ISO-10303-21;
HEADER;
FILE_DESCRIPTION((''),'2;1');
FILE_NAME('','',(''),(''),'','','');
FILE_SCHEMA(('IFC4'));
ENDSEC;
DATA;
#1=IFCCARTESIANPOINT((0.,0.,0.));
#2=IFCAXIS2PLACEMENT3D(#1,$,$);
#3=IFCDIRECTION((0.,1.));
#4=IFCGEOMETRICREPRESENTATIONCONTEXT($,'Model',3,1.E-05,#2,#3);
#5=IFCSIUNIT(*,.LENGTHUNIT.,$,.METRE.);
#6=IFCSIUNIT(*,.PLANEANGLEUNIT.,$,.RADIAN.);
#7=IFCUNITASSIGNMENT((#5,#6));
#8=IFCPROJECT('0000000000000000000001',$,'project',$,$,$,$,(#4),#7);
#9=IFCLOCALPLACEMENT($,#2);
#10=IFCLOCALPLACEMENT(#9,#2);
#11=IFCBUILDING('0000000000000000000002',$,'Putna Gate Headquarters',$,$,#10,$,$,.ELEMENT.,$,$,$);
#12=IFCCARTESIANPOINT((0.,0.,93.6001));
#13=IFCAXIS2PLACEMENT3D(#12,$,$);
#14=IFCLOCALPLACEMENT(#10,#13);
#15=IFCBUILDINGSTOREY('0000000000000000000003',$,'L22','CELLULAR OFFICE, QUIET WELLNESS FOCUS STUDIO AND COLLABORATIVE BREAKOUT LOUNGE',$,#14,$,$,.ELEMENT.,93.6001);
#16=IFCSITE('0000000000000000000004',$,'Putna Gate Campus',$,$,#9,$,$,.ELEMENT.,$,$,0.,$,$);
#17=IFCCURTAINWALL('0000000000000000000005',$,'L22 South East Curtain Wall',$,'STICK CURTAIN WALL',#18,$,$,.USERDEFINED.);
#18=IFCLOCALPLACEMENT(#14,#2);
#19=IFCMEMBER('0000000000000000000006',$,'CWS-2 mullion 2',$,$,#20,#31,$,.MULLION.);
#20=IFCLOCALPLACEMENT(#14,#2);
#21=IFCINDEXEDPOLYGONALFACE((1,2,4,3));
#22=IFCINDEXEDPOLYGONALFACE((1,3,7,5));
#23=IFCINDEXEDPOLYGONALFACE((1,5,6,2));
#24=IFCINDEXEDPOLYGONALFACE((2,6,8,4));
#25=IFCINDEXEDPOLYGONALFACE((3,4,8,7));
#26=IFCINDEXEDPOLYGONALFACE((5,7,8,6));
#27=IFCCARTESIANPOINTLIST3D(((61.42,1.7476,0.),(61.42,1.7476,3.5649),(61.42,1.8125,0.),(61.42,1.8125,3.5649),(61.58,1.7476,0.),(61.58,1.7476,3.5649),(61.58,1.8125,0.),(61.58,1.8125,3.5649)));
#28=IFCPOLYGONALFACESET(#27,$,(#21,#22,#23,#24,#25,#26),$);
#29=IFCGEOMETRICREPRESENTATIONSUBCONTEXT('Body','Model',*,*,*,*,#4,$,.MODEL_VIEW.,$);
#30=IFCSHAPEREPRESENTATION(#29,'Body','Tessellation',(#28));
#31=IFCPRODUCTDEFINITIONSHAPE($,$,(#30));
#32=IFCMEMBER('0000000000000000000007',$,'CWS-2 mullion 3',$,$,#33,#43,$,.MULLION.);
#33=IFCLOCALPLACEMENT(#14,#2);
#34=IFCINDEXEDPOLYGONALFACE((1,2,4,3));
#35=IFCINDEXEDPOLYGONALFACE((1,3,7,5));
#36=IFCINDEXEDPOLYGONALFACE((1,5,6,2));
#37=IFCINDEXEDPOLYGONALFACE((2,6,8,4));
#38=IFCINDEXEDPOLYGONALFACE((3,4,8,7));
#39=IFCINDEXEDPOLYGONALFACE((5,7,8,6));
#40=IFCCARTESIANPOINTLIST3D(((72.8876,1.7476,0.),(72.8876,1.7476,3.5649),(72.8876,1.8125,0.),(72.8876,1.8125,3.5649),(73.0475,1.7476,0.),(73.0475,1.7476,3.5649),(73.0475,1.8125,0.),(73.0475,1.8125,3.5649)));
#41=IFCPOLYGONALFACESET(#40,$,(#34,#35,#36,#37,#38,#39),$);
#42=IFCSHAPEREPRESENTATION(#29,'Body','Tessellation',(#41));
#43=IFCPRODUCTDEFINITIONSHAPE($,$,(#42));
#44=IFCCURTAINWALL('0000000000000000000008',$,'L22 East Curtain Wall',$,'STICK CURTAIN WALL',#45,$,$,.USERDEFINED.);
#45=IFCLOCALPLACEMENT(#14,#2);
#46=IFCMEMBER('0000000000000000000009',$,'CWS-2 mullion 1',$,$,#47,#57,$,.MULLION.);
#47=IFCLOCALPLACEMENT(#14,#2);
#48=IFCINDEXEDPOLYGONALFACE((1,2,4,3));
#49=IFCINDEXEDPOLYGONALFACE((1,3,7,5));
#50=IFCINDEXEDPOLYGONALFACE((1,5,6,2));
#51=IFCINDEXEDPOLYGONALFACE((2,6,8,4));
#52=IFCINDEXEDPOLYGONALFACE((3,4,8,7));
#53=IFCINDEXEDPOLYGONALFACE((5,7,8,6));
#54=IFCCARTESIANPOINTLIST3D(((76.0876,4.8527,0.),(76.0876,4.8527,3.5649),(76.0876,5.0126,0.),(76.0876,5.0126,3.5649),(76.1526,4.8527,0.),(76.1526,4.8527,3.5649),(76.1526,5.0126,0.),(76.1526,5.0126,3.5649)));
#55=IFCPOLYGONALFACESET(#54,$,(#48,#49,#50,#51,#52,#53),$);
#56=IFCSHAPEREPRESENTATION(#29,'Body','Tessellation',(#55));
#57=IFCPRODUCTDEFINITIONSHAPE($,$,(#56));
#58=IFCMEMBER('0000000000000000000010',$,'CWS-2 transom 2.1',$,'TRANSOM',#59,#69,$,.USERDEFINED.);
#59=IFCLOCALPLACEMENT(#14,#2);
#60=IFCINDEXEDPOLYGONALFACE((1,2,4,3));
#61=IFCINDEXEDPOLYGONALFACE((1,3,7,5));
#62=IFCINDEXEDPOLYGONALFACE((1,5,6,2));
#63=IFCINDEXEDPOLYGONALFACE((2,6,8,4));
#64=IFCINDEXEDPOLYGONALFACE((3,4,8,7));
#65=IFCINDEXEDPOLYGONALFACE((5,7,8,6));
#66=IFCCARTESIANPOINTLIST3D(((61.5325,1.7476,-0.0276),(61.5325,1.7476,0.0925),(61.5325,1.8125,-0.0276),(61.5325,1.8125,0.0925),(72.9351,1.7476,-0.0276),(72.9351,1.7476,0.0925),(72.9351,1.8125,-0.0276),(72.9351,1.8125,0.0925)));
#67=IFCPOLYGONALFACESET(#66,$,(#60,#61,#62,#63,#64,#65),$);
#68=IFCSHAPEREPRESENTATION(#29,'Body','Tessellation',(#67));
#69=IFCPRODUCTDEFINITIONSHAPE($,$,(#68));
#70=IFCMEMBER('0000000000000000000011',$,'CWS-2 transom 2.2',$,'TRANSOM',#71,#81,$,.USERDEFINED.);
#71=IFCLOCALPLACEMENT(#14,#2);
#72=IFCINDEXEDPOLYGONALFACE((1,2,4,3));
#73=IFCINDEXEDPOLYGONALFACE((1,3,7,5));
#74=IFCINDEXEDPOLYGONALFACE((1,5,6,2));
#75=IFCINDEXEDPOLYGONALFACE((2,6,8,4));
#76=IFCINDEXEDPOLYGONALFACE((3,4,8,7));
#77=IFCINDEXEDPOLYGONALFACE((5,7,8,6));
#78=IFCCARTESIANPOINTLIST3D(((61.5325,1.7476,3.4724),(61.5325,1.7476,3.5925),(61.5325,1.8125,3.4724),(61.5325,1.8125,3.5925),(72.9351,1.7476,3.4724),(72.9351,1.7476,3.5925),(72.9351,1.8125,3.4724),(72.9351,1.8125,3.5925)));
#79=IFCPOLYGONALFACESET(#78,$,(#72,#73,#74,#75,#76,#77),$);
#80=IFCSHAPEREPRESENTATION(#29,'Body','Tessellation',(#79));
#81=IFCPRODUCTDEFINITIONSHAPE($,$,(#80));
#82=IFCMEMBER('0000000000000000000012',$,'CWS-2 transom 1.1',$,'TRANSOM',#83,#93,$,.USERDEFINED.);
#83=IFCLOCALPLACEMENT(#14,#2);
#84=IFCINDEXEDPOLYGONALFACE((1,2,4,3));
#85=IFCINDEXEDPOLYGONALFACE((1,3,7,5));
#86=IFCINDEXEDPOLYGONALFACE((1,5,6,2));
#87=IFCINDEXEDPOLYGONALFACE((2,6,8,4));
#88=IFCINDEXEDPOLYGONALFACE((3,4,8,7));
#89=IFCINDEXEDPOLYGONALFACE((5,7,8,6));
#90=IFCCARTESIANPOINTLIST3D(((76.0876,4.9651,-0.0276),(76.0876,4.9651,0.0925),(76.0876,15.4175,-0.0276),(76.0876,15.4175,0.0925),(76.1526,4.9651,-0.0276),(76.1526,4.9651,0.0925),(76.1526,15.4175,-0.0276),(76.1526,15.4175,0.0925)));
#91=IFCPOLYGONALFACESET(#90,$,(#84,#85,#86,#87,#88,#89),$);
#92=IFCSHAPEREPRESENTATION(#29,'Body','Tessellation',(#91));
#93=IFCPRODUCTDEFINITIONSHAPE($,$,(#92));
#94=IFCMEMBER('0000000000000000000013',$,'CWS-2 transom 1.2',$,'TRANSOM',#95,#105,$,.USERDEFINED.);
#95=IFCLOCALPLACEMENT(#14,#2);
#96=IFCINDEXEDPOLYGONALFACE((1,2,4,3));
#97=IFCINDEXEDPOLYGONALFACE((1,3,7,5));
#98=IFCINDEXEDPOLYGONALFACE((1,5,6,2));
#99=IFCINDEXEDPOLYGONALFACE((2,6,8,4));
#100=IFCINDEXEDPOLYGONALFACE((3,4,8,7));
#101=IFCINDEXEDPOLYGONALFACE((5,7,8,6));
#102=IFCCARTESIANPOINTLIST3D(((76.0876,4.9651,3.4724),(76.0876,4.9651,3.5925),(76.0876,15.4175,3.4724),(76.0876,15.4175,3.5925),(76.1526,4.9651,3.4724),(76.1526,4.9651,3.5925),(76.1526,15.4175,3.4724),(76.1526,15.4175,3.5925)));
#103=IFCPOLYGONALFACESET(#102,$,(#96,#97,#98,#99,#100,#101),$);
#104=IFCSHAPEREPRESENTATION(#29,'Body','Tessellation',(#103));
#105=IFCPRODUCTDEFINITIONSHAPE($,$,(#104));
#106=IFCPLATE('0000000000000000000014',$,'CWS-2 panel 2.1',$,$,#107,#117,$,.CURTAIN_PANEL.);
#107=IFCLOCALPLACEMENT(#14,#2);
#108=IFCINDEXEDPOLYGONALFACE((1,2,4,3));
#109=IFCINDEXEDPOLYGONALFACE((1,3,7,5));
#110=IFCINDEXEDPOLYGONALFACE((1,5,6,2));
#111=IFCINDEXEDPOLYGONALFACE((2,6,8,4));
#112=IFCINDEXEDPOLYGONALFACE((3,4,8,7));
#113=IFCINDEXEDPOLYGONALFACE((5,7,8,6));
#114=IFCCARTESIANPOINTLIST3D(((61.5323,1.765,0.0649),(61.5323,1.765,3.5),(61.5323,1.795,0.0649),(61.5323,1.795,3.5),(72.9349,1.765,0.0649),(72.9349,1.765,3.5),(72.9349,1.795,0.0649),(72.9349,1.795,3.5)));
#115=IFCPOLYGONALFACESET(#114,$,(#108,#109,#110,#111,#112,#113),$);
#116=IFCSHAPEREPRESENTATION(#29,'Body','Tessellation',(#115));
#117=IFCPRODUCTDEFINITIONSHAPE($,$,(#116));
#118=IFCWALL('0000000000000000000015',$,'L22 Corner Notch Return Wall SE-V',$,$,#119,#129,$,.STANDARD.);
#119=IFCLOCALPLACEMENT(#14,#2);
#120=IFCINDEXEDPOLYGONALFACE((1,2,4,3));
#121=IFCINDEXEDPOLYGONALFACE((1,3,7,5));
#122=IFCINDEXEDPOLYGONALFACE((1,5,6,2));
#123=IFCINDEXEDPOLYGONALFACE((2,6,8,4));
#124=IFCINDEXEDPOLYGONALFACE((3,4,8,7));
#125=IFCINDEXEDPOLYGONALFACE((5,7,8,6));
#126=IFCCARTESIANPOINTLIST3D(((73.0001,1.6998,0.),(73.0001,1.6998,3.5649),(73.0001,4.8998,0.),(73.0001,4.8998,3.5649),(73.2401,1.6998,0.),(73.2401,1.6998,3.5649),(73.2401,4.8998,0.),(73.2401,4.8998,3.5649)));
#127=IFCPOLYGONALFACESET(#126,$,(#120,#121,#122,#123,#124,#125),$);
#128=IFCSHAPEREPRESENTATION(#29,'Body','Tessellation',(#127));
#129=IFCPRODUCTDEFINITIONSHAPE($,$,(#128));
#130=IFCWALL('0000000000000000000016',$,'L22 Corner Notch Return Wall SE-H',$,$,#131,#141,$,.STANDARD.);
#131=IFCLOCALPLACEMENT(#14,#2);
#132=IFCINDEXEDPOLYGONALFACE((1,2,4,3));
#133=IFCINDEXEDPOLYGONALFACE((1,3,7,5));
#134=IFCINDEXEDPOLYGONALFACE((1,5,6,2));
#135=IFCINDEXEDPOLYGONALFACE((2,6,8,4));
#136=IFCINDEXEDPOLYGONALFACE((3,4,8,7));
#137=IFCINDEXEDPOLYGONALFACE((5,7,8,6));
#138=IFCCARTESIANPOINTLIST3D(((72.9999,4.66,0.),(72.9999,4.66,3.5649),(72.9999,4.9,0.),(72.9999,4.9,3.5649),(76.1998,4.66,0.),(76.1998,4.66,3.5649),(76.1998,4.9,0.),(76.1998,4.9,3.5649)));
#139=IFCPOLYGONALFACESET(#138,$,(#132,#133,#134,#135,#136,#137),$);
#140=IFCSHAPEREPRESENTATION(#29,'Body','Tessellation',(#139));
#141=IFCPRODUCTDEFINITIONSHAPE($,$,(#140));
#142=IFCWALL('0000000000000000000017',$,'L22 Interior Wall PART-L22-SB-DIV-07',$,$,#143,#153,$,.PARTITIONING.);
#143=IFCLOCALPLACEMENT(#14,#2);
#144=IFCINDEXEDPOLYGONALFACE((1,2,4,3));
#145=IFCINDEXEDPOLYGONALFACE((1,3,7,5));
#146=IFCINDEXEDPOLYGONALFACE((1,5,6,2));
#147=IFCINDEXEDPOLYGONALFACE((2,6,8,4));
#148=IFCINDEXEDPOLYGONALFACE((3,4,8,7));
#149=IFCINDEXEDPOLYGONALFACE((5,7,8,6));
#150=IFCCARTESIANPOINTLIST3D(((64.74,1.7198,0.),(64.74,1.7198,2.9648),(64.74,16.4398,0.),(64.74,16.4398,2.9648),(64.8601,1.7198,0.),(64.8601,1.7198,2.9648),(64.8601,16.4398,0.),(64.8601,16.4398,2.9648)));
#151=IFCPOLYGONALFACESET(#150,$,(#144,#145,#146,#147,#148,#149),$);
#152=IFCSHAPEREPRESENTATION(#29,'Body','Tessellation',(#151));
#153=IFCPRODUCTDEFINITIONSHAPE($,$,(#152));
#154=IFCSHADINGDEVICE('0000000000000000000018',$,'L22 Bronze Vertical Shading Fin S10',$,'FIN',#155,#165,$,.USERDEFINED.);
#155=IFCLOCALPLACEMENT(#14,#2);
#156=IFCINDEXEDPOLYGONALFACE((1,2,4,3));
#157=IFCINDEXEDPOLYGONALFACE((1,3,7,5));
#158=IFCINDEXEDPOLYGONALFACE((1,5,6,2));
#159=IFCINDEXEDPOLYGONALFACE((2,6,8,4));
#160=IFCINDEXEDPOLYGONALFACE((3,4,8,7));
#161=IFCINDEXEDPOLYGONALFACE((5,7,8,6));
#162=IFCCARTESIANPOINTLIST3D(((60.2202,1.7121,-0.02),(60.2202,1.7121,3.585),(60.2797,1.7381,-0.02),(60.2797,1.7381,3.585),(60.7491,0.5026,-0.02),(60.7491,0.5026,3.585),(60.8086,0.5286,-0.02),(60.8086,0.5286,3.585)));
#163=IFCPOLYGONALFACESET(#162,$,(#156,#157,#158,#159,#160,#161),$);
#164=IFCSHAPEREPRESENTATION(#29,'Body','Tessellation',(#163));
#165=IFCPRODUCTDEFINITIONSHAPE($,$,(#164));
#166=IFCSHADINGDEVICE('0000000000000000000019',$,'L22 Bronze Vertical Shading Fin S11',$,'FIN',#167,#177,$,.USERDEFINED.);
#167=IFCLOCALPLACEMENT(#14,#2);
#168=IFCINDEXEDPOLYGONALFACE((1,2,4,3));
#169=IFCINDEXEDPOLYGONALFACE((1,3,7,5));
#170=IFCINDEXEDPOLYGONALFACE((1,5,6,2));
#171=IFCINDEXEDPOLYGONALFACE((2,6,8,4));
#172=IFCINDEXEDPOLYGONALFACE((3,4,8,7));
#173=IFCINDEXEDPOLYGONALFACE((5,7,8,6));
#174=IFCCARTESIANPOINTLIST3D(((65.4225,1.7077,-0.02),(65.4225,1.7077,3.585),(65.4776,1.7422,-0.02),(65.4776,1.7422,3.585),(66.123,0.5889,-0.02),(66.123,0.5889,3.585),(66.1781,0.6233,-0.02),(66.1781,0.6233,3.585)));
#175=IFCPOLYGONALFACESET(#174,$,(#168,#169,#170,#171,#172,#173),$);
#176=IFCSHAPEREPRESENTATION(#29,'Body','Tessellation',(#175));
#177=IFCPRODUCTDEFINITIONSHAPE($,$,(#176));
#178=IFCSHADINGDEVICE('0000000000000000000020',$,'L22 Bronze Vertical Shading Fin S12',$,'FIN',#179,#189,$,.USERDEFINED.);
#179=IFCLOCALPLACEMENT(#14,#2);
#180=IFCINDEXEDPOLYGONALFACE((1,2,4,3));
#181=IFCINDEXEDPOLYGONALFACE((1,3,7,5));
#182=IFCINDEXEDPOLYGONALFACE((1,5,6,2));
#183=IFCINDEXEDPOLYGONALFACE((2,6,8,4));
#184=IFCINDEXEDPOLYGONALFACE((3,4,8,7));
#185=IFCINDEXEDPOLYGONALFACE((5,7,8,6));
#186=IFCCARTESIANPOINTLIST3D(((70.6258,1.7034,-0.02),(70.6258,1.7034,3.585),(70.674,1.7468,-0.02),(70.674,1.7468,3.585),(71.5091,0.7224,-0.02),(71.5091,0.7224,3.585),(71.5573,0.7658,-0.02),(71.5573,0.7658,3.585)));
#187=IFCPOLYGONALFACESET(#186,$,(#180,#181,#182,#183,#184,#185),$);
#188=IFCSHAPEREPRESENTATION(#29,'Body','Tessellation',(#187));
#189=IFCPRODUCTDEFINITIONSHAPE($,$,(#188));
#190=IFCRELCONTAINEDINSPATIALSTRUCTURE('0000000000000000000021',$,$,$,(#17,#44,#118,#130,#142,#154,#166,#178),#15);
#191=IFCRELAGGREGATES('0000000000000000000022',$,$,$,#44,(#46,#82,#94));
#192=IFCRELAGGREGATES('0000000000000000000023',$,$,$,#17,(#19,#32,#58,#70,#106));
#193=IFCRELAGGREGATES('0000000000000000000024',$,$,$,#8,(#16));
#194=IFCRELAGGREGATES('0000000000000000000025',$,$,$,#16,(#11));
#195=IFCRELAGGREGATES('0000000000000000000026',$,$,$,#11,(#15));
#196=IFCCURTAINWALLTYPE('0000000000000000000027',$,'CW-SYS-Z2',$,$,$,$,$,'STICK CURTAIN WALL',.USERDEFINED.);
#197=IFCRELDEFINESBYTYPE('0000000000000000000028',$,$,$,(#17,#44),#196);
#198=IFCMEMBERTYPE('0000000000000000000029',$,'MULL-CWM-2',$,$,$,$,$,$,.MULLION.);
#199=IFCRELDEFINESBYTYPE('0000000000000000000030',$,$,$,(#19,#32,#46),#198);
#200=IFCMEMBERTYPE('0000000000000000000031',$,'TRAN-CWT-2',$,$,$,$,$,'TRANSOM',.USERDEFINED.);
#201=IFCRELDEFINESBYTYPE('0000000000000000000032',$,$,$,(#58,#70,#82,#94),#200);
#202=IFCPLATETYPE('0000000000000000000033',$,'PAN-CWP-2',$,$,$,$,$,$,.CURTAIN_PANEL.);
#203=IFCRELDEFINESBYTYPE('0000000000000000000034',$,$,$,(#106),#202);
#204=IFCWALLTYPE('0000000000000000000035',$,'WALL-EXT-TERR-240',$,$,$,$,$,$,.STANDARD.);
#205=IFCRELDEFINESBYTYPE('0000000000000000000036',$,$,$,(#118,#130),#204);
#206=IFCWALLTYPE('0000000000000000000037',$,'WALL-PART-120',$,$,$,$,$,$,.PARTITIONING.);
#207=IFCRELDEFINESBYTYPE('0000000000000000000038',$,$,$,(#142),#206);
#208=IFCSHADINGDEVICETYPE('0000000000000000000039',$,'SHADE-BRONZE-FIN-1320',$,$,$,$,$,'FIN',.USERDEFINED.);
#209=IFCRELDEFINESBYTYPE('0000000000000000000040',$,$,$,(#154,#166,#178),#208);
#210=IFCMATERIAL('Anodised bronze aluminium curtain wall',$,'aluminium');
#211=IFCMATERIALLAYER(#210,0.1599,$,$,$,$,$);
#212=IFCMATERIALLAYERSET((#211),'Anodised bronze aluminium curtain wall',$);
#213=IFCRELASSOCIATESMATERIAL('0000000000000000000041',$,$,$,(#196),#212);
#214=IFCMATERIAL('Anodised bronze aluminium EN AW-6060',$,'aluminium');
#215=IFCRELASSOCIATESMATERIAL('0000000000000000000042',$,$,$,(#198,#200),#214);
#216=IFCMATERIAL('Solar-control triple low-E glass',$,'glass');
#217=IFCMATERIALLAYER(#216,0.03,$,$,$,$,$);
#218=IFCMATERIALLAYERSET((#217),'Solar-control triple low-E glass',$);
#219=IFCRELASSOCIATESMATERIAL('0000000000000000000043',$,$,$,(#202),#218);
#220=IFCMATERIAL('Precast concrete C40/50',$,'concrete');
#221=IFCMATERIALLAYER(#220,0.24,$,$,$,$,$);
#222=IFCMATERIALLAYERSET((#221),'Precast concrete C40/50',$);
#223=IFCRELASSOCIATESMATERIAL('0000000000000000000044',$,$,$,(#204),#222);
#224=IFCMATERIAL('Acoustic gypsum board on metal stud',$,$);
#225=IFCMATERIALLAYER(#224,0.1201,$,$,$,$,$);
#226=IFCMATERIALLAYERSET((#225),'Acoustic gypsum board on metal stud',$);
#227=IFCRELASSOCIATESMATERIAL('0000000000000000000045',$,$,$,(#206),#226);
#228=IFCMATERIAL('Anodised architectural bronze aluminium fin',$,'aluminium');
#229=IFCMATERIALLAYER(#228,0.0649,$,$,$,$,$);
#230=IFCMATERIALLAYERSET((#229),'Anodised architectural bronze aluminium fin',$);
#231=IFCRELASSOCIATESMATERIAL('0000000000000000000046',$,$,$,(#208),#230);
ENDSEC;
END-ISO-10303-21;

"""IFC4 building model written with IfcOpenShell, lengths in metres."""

from ifc_helpers import new_model, si_unit, direction, frame, frame_2d, origin, origin_2d, place, context, subcontext, project, spatial, rectangle, extrude, material, layer, layer_set, material_profile, profile_set, type_object, element, aggregate, save


model = new_model("IFC4")

# Units and contexts
model_context = context("Model", 3, precision=1e-05, world=origin(), true_north=direction((0.0, 1.0)))
body_context = subcontext(model_context, "Body", "Model", "MODEL_VIEW")
ifc_project = project(units=[si_unit("LENGTHUNIT", "METRE"), si_unit("PLANEANGLEUNIT", "RADIAN")], contexts=[model_context])

# Site, building, storey
site_placement = place(None, origin())
site = spatial("IfcSite", under=ifc_project, at=site_placement, Name="Putna Gate Campus", CompositionType="ELEMENT", RefElevation=0.0)
building_placement = place(site_placement, origin())
building = spatial("IfcBuilding", under=site, at=building_placement, Name="Putna Gate Headquarters", CompositionType="ELEMENT")
storey_placement = place(building_placement, frame((0.0, 0.0, 93.6001)))
storey = spatial("IfcBuildingStorey", under=building, at=storey_placement, Name="L22", Description="CELLULAR OFFICE, QUIET WELLNESS FOCUS STUDIO AND COLLABORATIVE BREAKOUT LOUNGE", CompositionType="ELEMENT", Elevation=93.6001)

# Curtain wall, members
ifc_material_1 = material(Name="Anodised bronze aluminium curtain wall", Category="aluminium")
ifc_layer_1 = layer(ifc_material_1, 0.1599)
ifc_layer_set_1 = layer_set([ifc_layer_1], Name="Anodised bronze aluminium curtain wall")
curtain_wall_type = type_object("IfcCurtainWallType", Name="CW-SYS-Z2", ElementType="STICK CURTAIN WALL", PredefinedType="USERDEFINED", material=ifc_layer_set_1)
curtain_wall_1_placement = place(storey_placement, origin())
curtain_wall_1 = element("IfcCurtainWall", 1, at=curtain_wall_1_placement, inside=storey, type_object=curtain_wall_type, Name="L22 South East Curtain Wall", ObjectType="STICK CURTAIN WALL", PredefinedType="USERDEFINED")
ifc_material_2 = material(Name="Anodised bronze aluminium EN AW-6060", Category="aluminium")
ifc_material_profile_1 = material_profile(ifc_material_2, rectangle(XDim=0.0649, YDim=0.1599, at=origin_2d()), Name="Anodised bronze aluminium EN AW-6060")
ifc_profile_set_1 = profile_set([ifc_material_profile_1], Name="Anodised bronze aluminium EN AW-6060")
member_type_1 = type_object("IfcMemberType", Name="MULL-CWM-2", PredefinedType="MULLION", material=ifc_profile_set_1)
member_1_placement = place(storey_placement, frame((61.5, 1.78, 0.0), z_axis=(0.0, 0.0, 1.0), x_axis=(0.0, 1.0, 0.0)))
member_1 = element("IfcMember", 2, at=member_1_placement, type_object=member_type_1, Name="CWS-2 mullion 2", PredefinedType="MULLION", context=body_context, shape_type="SweptSolid", body=[
    extrude(rectangle(XDim=0.0649, YDim=0.1599, at=origin_2d()), origin(), (0.0, 0.0, 1.0), 3.5649),
])
member_2_placement = place(storey_placement, frame((72.9675, 1.78, 0.0), z_axis=(0.0, 0.0, 1.0), x_axis=(0.0, 1.0, 0.0)))
member_2 = element("IfcMember", 3, at=member_2_placement, type_object=member_type_1, Name="CWS-2 mullion 3", PredefinedType="MULLION", context=body_context, shape_type="SweptSolid", body=[
    extrude(rectangle(XDim=0.0649, YDim=0.1599, at=origin_2d()), origin(), (0.0, 0.0, 1.0), 3.5649),
])

# Curtain wall, member
curtain_wall_2_placement = place(storey_placement, origin())
curtain_wall_2 = element("IfcCurtainWall", 4, at=curtain_wall_2_placement, inside=storey, type_object=curtain_wall_type, Name="L22 East Curtain Wall", ObjectType="STICK CURTAIN WALL", PredefinedType="USERDEFINED")
member_3_placement = place(storey_placement, frame((76.1201, 4.9326, 0.0), z_axis=(0.0, 0.0, 1.0), x_axis=(-1.0, 0.0, 0.0)))
member_3 = element("IfcMember", 5, at=member_3_placement, type_object=member_type_1, Name="CWS-2 mullion 1", PredefinedType="MULLION", context=body_context, shape_type="SweptSolid", body=[
    extrude(rectangle(XDim=0.0649, YDim=0.1599, at=origin_2d()), origin(), (0.0, 0.0, 1.0), 3.5649),
])

# Members
ifc_material_profile_2 = material_profile(ifc_material_2, rectangle(XDim=0.0649, YDim=0.1201, at=origin_2d()), Name="Anodised bronze aluminium EN AW-6060")
ifc_profile_set_2 = profile_set([ifc_material_profile_2], Name="Anodised bronze aluminium EN AW-6060")
member_type_2 = type_object("IfcMemberType", Name="TRAN-CWT-2", ElementType="TRANSOM", PredefinedType="USERDEFINED", material=ifc_profile_set_2)
member_4_placement = place(storey_placement, frame((61.5325, 1.78, 0.0325), z_axis=(1.0, 0.0, 0.0), x_axis=(0.0, 1.0, 0.0)))
member_4 = element("IfcMember", 6, at=member_4_placement, type_object=member_type_2, Name="CWS-2 transom 2.1", ObjectType="TRANSOM", PredefinedType="USERDEFINED", context=body_context, shape_type="SweptSolid", body=[
    extrude(rectangle(XDim=0.0649, YDim=0.1201, at=origin_2d()), origin(), (0.0, 0.0, 1.0), 11.4026),
])
member_5_placement = place(storey_placement, frame((61.5325, 1.78, 3.5325), z_axis=(1.0, 0.0, 0.0), x_axis=(0.0, 1.0, 0.0)))
member_5 = element("IfcMember", 7, at=member_5_placement, type_object=member_type_2, Name="CWS-2 transom 2.2", ObjectType="TRANSOM", PredefinedType="USERDEFINED", context=body_context, shape_type="SweptSolid", body=[
    extrude(rectangle(XDim=0.0649, YDim=0.1201, at=origin_2d()), origin(), (0.0, 0.0, 1.0), 11.4026),
])
member_6_placement = place(storey_placement, frame((76.1201, 4.9651, 0.0325), z_axis=(0.0, 1.0, 0.0), x_axis=(-1.0, 0.0, 0.0)))
member_6 = element("IfcMember", 8, at=member_6_placement, type_object=member_type_2, Name="CWS-2 transom 1.1", ObjectType="TRANSOM", PredefinedType="USERDEFINED", context=body_context, shape_type="SweptSolid", body=[
    extrude(rectangle(XDim=0.0649, YDim=0.1201, at=origin_2d()), origin(), (0.0, 0.0, 1.0), 10.4524),
])
member_7_placement = place(storey_placement, frame((76.1201, 4.9651, 3.5325), z_axis=(0.0, 1.0, 0.0), x_axis=(-1.0, 0.0, 0.0)))
member_7 = element("IfcMember", 9, at=member_7_placement, type_object=member_type_2, Name="CWS-2 transom 1.2", ObjectType="TRANSOM", PredefinedType="USERDEFINED", context=body_context, shape_type="SweptSolid", body=[
    extrude(rectangle(XDim=0.0649, YDim=0.1201, at=origin_2d()), origin(), (0.0, 0.0, 1.0), 10.4524),
])
aggregate(curtain_wall_2, [member_3, member_6, member_7])

# Plate
ifc_material_3 = material(Name="Solar-control triple low-E glass", Category="glass")
ifc_layer_2 = layer(ifc_material_3, 0.03)
ifc_layer_set_2 = layer_set([ifc_layer_2], Name="Solar-control triple low-E glass")
plate_type = type_object("IfcPlateType", Name="PAN-CWP-2", PredefinedType="CURTAIN_PANEL", material=ifc_layer_set_2)
plate_placement = place(storey_placement, frame((67.2336, 1.78, 0.0649), z_axis=(0.0, 0.0, 1.0), x_axis=(1.0, 0.0, 0.0)))
plate = element("IfcPlate", 10, at=plate_placement, type_object=plate_type, Name="CWS-2 panel 2.1", PredefinedType="CURTAIN_PANEL", context=body_context, shape_type="SweptSolid", body=[
    extrude(rectangle(XDim=11.4026, YDim=0.03, at=origin_2d()), origin(), (0.0, 0.0, 1.0), 3.4351),
])
aggregate(curtain_wall_1, [member_1, member_2, member_4, member_5, plate])

# Walls
ifc_material_4 = material(Name="Precast concrete C40/50", Category="concrete")
ifc_layer_3 = layer(ifc_material_4, 0.24)
ifc_layer_set_3 = layer_set([ifc_layer_3], Name="Precast concrete C40/50")
wall_type_1 = type_object("IfcWallType", Name="WALL-EXT-TERR-240", PredefinedType="STANDARD", material=ifc_layer_set_3)
for number, where, z_axis, x_axis, name in (
    (11, (73.1201, 4.8999, 0.0), (0.0, 0.0, 1.0), (0.0, -1.0, 0.0), "L22 Corner Notch Return Wall SE-V"),
    (12, (76.2, 4.78, 0.0), (0.0, 0.0, 1.0), (-1.0, 0.0, 0.0), "L22 Corner Notch Return Wall SE-H"),
):
    element("IfcWall", number, at=place(storey_placement, frame(where, z_axis=z_axis, x_axis=x_axis)), inside=storey, type_object=wall_type_1, Name=name, PredefinedType="STANDARD", context=body_context, shape_type="SweptSolid", body=[
        extrude(rectangle(XDim=3.2, YDim=0.24, at=frame_2d((1.6001, 0.0))), origin(), (0.0, 0.0, 1.0), 3.5649),
    ])
ifc_material_5 = material(Name="Acoustic gypsum board on metal stud")
ifc_layer_4 = layer(ifc_material_5, 0.1201)
ifc_layer_set_4 = layer_set([ifc_layer_4], Name="Acoustic gypsum board on metal stud")
wall_type_2 = type_object("IfcWallType", Name="WALL-PART-120", PredefinedType="PARTITIONING", material=ifc_layer_set_4)
wall_placement = place(storey_placement, frame((64.8, 1.72, 0.0), z_axis=(0.0, 0.0, 1.0), x_axis=(0.0, 1.0, 0.0)))
element("IfcWall", 13, at=wall_placement, inside=storey, type_object=wall_type_2, Name="L22 Interior Wall PART-L22-SB-DIV-07", PredefinedType="PARTITIONING", context=body_context, shape_type="SweptSolid", body=[
    extrude(rectangle(XDim=14.72, YDim=0.1201, at=frame_2d((7.3599, 0.0))), origin(), (0.0, 0.0, 1.0), 2.9648),
])

# Shading devices
ifc_material_6 = material(Name="Anodised architectural bronze aluminium fin", Category="aluminium")
ifc_layer_5 = layer(ifc_material_6, 0.0649)
ifc_layer_set_5 = layer_set([ifc_layer_5], Name="Anodised architectural bronze aluminium fin")
shading_device_type = type_object("IfcShadingDeviceType", Name="SHADE-BRONZE-FIN-1320", ElementType="FIN", PredefinedType="USERDEFINED", material=ifc_layer_set_5)
for number, where, z_axis, x_axis, name in (
    (14, (60.5144, 1.1204, -0.02), (0.0, 0.0, 1.0), (0.400669, -0.916223, 0.0), "L22 Bronze Vertical Shading Fin S10"),
    (15, (65.8003, 1.1655, -0.02), (0.0, 0.0, 1.0), (0.530659, -0.847585, 0.0), "L22 Bronze Vertical Shading Fin S11"),
    (16, (71.0916, 1.2346, -0.02), (0.0, 0.0, 1.0), (0.669131, -0.743145, 0.0), "L22 Bronze Vertical Shading Fin S12"),
):
    element("IfcShadingDevice", number, at=place(storey_placement, frame(where, z_axis=z_axis, x_axis=x_axis)), inside=storey, type_object=shading_device_type, Name=name, ObjectType="FIN", PredefinedType="USERDEFINED", context=body_context, shape_type="SweptSolid", body=[
        extrude(rectangle(XDim=1.3201, YDim=0.0649, at=origin_2d()), origin(), (0.0, 0.0, 1.0), 3.605),
    ])

save(model, "model.ifc")
